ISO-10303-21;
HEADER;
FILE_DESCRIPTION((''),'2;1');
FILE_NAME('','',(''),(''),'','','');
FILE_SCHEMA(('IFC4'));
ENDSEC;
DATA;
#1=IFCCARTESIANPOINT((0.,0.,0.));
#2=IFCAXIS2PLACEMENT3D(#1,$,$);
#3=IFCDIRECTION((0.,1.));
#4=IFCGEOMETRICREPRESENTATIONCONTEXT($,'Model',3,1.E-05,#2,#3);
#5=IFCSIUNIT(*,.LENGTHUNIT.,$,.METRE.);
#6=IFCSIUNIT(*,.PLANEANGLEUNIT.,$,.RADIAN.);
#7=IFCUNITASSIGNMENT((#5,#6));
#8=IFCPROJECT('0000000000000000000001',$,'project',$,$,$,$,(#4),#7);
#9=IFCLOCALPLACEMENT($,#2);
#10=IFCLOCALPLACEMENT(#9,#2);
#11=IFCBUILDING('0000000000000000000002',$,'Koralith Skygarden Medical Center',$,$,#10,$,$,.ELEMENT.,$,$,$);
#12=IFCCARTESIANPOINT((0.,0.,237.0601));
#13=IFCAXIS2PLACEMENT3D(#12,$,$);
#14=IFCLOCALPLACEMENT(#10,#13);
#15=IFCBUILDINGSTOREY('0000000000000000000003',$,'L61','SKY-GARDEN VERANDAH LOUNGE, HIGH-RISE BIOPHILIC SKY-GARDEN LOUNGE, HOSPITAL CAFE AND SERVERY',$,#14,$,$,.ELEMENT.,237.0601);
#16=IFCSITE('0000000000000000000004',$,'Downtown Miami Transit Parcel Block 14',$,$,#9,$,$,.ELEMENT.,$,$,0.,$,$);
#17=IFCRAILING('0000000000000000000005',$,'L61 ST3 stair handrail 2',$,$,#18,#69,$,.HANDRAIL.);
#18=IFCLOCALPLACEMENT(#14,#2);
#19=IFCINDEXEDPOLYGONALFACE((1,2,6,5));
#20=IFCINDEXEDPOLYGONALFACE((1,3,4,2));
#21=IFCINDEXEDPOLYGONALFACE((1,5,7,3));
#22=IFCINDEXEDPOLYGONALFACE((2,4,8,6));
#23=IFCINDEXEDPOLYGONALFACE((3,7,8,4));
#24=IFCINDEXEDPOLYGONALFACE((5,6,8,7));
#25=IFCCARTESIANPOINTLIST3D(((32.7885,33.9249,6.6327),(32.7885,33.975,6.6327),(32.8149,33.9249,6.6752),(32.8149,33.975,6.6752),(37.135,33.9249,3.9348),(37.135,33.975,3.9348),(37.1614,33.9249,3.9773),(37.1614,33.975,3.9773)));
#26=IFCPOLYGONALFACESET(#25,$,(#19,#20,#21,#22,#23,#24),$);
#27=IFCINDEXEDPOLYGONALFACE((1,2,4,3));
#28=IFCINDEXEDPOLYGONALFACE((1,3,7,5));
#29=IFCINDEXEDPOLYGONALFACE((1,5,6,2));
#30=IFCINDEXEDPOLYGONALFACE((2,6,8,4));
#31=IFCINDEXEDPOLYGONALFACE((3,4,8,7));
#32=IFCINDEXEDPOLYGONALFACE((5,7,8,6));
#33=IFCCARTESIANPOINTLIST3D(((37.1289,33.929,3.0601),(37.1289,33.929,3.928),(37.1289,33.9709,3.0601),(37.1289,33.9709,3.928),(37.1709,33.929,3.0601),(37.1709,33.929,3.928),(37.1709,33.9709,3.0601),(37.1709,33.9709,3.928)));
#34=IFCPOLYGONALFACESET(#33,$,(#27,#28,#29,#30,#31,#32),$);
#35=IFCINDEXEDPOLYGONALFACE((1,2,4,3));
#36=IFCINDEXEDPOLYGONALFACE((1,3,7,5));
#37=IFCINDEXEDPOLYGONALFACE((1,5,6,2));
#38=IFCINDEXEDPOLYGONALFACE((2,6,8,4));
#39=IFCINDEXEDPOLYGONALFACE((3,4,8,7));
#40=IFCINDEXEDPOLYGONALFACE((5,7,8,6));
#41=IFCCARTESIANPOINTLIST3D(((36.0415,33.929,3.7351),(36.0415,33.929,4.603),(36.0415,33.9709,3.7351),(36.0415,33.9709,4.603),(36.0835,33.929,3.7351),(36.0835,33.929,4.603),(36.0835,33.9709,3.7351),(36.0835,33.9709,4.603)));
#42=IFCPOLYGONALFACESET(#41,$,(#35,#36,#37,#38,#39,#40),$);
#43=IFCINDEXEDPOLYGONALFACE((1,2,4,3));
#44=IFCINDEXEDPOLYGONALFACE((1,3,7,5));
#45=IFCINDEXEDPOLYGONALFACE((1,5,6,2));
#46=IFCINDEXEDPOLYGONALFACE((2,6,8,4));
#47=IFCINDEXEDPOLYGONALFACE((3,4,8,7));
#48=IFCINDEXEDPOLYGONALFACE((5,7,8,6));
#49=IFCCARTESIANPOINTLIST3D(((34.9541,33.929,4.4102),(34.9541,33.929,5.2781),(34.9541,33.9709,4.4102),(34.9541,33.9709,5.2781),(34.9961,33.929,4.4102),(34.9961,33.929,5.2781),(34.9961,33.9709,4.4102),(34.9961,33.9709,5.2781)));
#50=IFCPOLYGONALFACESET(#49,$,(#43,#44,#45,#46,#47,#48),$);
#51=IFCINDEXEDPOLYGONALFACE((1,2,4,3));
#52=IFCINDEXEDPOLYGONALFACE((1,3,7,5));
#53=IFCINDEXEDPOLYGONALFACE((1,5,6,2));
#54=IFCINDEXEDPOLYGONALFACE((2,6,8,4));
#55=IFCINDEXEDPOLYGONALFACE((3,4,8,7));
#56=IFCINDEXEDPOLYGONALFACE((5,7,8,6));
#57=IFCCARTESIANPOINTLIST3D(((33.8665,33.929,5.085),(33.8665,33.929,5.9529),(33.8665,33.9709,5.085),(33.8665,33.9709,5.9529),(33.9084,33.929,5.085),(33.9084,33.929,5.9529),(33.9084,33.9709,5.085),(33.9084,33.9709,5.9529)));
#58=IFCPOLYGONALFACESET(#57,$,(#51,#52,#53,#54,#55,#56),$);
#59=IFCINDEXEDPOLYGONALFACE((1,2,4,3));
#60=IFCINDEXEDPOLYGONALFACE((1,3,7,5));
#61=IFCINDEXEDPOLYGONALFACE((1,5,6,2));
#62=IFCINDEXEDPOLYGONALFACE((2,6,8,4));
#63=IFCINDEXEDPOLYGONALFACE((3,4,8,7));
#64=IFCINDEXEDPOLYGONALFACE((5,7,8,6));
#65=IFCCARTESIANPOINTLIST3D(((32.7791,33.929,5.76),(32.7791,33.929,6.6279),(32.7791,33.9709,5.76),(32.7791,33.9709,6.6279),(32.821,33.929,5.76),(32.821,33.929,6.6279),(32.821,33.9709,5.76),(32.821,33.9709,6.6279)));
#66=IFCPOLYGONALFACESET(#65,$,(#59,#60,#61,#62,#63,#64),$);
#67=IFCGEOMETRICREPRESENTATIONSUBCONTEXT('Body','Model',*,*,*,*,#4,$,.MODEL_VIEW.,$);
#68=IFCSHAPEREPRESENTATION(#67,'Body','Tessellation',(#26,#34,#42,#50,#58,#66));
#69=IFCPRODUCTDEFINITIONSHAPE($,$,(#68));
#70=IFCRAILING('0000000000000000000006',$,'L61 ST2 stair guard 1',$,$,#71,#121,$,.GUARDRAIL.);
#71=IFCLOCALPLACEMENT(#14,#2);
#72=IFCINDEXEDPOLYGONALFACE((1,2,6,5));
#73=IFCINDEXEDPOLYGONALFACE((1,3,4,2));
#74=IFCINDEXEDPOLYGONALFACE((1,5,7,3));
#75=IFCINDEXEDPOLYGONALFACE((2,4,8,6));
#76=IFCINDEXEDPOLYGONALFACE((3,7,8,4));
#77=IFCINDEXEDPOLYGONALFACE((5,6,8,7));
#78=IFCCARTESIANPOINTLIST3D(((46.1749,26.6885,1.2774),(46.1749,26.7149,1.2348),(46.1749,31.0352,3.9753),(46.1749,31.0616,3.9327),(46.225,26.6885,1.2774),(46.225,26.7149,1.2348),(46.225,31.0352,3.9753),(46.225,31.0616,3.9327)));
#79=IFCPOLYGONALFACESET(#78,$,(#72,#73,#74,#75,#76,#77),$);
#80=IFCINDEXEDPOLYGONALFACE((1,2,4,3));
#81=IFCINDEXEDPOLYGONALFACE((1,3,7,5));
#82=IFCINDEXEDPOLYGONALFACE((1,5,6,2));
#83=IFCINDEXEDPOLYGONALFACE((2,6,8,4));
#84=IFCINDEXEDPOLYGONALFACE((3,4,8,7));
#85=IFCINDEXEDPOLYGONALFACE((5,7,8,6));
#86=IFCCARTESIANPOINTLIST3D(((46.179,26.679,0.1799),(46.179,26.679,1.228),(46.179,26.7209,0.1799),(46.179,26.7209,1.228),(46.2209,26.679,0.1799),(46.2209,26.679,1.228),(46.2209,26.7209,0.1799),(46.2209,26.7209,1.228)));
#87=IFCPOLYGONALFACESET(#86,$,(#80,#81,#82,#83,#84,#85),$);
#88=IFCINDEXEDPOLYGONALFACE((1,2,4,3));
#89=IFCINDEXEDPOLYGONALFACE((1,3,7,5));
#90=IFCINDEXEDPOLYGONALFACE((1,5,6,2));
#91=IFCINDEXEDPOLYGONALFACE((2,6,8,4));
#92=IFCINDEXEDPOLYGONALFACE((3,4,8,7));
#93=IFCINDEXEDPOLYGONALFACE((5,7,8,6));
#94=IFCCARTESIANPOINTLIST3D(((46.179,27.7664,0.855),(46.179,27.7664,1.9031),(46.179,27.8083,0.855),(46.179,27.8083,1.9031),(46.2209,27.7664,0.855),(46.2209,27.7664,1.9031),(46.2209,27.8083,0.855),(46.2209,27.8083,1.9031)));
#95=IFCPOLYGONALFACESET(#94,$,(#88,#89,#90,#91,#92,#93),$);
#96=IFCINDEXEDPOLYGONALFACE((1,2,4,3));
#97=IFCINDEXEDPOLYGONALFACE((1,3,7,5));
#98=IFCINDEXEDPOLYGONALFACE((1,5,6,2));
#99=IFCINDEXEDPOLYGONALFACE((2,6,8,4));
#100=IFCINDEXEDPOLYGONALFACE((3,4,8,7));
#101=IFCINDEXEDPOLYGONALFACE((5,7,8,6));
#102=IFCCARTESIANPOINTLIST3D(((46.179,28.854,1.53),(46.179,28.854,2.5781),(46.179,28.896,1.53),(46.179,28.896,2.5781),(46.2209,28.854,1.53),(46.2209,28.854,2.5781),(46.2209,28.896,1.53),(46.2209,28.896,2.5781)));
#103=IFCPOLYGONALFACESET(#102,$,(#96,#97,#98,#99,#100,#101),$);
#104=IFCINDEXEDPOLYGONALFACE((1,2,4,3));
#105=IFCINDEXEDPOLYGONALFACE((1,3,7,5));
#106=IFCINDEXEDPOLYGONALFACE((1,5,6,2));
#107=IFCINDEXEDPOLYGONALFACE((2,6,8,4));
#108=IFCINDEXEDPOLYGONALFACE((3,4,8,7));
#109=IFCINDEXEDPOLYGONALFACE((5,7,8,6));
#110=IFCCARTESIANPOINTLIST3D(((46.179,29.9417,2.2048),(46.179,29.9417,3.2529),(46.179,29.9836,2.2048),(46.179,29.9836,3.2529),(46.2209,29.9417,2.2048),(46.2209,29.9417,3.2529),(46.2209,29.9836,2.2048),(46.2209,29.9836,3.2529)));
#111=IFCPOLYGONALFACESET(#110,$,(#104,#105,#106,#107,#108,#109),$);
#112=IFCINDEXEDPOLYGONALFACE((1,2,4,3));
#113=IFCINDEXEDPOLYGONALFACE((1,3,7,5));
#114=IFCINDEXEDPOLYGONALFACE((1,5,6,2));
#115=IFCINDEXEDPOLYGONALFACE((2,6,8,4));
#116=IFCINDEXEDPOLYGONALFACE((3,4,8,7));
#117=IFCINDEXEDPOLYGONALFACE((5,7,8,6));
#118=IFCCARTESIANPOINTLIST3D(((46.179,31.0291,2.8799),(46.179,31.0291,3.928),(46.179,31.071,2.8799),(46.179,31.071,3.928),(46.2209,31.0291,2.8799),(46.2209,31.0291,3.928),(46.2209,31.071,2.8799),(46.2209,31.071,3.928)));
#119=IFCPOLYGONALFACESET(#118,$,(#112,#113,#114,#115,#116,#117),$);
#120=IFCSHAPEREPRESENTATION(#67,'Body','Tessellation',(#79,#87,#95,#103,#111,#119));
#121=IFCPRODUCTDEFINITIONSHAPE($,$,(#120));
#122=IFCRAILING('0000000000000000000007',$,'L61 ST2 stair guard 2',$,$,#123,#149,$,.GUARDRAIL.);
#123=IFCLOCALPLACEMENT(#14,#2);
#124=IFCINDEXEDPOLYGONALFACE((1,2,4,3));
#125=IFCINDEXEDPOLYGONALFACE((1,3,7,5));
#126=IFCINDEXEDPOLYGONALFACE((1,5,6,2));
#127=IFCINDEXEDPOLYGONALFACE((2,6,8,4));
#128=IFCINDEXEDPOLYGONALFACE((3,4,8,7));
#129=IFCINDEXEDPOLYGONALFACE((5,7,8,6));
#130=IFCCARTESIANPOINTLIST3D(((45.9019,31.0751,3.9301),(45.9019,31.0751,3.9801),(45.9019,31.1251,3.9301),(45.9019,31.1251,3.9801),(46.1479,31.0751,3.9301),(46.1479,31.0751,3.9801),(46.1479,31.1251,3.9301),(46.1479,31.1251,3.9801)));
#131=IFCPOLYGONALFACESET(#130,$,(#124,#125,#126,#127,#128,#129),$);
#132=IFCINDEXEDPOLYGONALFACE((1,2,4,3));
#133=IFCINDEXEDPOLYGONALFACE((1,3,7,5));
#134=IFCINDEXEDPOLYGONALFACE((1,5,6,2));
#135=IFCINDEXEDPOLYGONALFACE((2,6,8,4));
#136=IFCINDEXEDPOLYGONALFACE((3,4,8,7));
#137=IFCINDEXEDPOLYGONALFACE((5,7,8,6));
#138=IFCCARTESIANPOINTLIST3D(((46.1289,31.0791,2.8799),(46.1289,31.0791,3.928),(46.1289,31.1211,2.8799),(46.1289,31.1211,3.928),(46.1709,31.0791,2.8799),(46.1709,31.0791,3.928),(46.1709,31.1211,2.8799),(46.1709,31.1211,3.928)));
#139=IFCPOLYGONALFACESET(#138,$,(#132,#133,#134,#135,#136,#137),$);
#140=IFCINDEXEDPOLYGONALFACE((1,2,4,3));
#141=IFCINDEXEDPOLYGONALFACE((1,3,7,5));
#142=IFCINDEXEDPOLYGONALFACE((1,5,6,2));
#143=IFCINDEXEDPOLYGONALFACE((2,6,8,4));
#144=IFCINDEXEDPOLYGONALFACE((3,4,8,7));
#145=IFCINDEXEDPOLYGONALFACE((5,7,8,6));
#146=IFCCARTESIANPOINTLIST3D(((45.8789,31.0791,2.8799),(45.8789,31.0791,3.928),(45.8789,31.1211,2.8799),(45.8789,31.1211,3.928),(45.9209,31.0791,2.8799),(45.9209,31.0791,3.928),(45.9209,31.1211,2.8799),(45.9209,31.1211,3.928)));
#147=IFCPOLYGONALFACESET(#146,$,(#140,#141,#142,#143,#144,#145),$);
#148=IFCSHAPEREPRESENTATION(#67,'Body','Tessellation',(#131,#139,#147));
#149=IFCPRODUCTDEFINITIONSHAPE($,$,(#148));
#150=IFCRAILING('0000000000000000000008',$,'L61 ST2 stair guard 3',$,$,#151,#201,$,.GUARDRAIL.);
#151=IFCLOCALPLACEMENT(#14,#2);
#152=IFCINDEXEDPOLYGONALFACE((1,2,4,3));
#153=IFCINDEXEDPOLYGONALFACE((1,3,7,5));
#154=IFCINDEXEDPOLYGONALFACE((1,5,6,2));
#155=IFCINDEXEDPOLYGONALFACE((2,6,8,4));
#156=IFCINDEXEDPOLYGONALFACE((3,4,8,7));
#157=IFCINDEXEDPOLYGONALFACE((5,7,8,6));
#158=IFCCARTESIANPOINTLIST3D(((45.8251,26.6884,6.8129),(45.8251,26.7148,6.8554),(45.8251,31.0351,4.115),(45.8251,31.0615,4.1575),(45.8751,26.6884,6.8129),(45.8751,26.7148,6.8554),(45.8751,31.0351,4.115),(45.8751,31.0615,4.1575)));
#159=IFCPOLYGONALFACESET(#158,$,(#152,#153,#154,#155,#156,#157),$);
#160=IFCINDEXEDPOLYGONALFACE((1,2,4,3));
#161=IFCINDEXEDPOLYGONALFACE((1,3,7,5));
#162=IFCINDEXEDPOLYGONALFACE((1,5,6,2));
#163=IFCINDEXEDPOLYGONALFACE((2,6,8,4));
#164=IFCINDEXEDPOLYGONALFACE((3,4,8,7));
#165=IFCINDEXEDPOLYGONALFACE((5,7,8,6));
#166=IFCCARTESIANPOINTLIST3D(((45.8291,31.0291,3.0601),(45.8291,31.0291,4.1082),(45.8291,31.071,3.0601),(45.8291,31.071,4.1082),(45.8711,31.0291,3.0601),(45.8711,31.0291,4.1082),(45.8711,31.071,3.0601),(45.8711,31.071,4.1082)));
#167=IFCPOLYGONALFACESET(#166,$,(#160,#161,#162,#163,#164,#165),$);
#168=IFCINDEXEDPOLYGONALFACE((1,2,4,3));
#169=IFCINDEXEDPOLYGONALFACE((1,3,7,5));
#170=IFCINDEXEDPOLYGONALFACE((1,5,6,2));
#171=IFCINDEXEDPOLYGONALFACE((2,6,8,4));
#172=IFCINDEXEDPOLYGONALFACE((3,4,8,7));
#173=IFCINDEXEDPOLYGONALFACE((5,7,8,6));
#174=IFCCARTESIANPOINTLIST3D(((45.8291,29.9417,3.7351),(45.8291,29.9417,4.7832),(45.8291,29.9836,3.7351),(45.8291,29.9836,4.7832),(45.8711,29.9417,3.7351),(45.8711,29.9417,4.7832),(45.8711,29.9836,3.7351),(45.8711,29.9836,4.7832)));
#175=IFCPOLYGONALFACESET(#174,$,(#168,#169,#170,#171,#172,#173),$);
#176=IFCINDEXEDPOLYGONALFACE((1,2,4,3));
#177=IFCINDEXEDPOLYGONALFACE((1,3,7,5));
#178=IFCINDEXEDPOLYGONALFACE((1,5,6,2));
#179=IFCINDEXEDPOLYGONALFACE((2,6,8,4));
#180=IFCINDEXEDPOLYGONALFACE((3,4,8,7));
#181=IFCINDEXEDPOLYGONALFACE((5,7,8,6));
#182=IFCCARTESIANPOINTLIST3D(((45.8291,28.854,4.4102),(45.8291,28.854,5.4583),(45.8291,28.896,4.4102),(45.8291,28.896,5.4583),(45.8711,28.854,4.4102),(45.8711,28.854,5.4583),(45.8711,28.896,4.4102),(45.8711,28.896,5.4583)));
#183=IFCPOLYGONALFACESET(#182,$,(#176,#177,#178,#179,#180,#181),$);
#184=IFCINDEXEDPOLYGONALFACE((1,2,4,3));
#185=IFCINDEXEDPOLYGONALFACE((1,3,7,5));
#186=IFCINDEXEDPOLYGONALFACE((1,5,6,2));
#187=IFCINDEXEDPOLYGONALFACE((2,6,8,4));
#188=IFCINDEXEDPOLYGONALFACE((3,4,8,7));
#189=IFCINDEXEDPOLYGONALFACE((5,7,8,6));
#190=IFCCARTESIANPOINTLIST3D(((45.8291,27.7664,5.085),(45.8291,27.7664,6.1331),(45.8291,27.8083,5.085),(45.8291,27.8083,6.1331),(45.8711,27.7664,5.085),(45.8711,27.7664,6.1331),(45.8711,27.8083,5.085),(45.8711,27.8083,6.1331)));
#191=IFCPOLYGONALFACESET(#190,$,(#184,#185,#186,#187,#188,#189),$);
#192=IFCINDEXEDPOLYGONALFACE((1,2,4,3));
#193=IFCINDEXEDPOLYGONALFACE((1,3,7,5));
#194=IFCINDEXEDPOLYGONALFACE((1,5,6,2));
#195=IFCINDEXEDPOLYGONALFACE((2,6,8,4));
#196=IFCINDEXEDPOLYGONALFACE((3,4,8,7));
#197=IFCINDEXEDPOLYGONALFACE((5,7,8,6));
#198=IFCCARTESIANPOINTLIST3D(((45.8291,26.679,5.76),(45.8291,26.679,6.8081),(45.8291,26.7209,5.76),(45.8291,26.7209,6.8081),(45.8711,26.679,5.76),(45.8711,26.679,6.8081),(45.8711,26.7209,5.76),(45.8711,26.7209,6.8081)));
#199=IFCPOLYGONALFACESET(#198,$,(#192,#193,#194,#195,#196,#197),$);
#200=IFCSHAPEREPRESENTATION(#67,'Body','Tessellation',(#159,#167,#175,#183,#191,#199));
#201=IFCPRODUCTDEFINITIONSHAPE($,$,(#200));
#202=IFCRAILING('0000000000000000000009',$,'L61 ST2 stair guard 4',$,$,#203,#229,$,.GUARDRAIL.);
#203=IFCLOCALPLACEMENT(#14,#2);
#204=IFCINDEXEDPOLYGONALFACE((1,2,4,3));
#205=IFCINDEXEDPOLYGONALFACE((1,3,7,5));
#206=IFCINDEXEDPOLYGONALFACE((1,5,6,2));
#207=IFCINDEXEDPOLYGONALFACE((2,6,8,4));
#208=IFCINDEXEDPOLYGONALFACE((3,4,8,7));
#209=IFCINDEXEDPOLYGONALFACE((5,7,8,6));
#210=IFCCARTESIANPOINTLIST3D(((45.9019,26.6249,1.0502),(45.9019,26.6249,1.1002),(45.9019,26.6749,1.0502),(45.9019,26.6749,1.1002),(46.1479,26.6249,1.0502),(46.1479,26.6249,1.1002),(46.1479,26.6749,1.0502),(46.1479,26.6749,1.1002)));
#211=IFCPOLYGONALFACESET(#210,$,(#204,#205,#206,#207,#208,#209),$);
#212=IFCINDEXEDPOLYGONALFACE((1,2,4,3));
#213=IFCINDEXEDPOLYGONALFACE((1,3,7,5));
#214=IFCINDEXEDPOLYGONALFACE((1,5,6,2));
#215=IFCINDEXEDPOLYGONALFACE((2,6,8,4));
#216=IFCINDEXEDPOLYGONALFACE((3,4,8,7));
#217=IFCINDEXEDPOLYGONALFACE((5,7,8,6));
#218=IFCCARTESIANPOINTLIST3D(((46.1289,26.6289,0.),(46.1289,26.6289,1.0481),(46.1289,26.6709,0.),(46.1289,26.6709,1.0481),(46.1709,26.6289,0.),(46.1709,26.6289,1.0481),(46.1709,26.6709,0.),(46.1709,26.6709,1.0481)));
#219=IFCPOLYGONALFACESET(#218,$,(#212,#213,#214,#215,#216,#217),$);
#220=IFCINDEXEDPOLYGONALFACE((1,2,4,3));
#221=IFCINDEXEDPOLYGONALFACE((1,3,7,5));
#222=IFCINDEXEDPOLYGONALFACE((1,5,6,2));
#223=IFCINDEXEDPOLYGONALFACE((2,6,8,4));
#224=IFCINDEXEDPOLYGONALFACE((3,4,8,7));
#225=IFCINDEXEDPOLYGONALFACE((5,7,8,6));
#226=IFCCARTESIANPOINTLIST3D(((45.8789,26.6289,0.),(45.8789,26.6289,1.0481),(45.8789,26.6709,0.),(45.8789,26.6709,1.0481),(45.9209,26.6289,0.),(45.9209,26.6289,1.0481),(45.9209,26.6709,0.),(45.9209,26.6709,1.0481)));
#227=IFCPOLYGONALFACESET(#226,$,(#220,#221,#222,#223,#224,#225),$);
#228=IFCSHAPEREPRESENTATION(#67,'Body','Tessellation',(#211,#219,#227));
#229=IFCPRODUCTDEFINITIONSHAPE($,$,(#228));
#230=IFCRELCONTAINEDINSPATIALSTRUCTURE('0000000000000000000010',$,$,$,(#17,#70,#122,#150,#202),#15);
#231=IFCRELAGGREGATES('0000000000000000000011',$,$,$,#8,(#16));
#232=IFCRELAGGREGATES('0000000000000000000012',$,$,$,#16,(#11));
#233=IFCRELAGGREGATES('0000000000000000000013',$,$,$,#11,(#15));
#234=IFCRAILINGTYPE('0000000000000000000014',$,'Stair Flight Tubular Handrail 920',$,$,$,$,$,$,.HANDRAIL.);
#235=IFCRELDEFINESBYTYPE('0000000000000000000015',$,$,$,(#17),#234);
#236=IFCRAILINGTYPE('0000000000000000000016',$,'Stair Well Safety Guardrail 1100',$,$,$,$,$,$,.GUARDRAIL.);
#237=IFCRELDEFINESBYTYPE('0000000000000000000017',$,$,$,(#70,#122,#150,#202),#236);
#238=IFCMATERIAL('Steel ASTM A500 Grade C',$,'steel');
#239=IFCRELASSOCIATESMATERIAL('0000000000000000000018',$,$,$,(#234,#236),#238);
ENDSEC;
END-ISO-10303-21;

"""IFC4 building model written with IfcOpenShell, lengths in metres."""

from ifc_helpers import new_model, si_unit, direction, frame, origin, origin_2d, place, context, subcontext, project, spatial, rectangle, extrude, material, type_object, element, save


model = new_model("IFC4")

# Units and contexts
model_context = context("Model", 3, precision=1e-05, world=origin(), true_north=direction((0.0, 1.0)))
body_context = subcontext(model_context, "Body", "Model", "MODEL_VIEW")
ifc_project = project(units=[si_unit("LENGTHUNIT", "METRE"), si_unit("PLANEANGLEUNIT", "RADIAN")], contexts=[model_context])

# Site, building, storey
site_placement = place(None, origin())
site = spatial("IfcSite", under=ifc_project, at=site_placement, Name="Downtown Miami Transit Parcel Block 14", CompositionType="ELEMENT", RefElevation=0.0)
building_placement = place(site_placement, origin())
building = spatial("IfcBuilding", under=site, at=building_placement, Name="Koralith Skygarden Medical Center", CompositionType="ELEMENT")
storey_placement = place(building_placement, frame((0.0, 0.0, 237.0601)))
storey = spatial("IfcBuildingStorey", under=building, at=storey_placement, Name="L61", Description="SKY-GARDEN VERANDAH LOUNGE, HIGH-RISE BIOPHILIC SKY-GARDEN LOUNGE, HOSPITAL CAFE AND SERVERY", CompositionType="ELEMENT", Elevation=237.0601)

# Shared definitions
ifc_material_1 = material(Name="Steel ASTM A500 Grade C", Category="steel")

# Railings
railing_type_1 = type_object("IfcRailingType", Name="Stair Flight Tubular Handrail 920", PredefinedType="HANDRAIL", material=ifc_material_1)
railing_1_placement = place(storey_placement, frame((37.1499, 33.95, 3.0601)))
element("IfcRailing", 1, at=railing_1_placement, inside=storey, type_object=railing_type_1, Name="L61 ST3 stair handrail 2", PredefinedType="HANDRAIL", context=body_context, shape_type="SweptSolid", body=[
    extrude(rectangle(XDim=0.05, YDim=0.05, at=origin_2d()), frame((-0.0017, 0.0, 0.896), z_axis=(-0.849636, 0.0, 0.527369), x_axis=(0.0, -1.0, 0.0)), (0.0, 0.0, 1.0), 5.1157),
    extrude(rectangle(XDim=0.042, YDim=0.042, at=origin_2d()), origin(), (0.0, 0.0, 1.0), 0.8679),
    extrude(rectangle(XDim=0.042, YDim=0.042, at=origin_2d()), frame((-1.0874, 0.0, 0.675)), (0.0, 0.0, 1.0), 0.8679),
    extrude(rectangle(XDim=0.042, YDim=0.042, at=origin_2d()), frame((-2.1748, 0.0, 1.3501)), (0.0, 0.0, 1.0), 0.8679),
    extrude(rectangle(XDim=0.042, YDim=0.042, at=origin_2d()), frame((-3.2625, 0.0, 2.0249)), (0.0, 0.0, 1.0), 0.8679),
    extrude(rectangle(XDim=0.042, YDim=0.042, at=origin_2d()), frame((-4.3499, 0.0, 2.7)), (0.0, 0.0, 1.0), 0.8679),
])
railing_type_2 = type_object("IfcRailingType", Name="Stair Well Safety Guardrail 1100", PredefinedType="GUARDRAIL", material=ifc_material_1)
railing_2_placement = place(storey_placement, frame((46.2, 26.7, 0.1799)))
element("IfcRailing", 2, at=railing_2_placement, inside=storey, type_object=railing_type_2, Name="L61 ST2 stair guard 1", PredefinedType="GUARDRAIL", context=body_context, shape_type="SweptSolid", body=[
    extrude(rectangle(XDim=0.05, YDim=0.05, at=origin_2d()), frame((0.0, 0.0017, 1.0762), z_axis=(0.0, 0.84965, 0.527347), x_axis=(-1.0, 0.0, 0.0)), (0.0, 0.0, 1.0), 5.116),
    extrude(rectangle(XDim=0.042, YDim=0.042, at=origin_2d()), origin(), (0.0, 0.0, 1.0), 1.0481),
    extrude(rectangle(XDim=0.042, YDim=0.042, at=origin_2d()), frame((0.0, 1.0874, 0.675)), (0.0, 0.0, 1.0), 1.0481),
    extrude(rectangle(XDim=0.042, YDim=0.042, at=origin_2d()), frame((0.0, 2.175, 1.3501)), (0.0, 0.0, 1.0), 1.0481),
    extrude(rectangle(XDim=0.042, YDim=0.042, at=origin_2d()), frame((0.0, 3.2627, 2.0249)), (0.0, 0.0, 1.0), 1.0481),
    extrude(rectangle(XDim=0.042, YDim=0.042, at=origin_2d()), frame((0.0, 4.3501, 2.7)), (0.0, 0.0, 1.0), 1.0481),
])
railing_3_placement = place(storey_placement, frame((46.1499, 31.1001, 2.8799)))
element("IfcRailing", 3, at=railing_3_placement, inside=storey, type_object=railing_type_2, Name="L61 ST2 stair guard 2", PredefinedType="GUARDRAIL", context=body_context, shape_type="SweptSolid", body=[
    extrude(rectangle(XDim=0.05, YDim=0.05, at=origin_2d()), frame((-0.002, 0.0, 1.0752), z_axis=(-1.0, 0.0, 0.0), x_axis=(0.0, -1.0, 0.0)), (0.0, 0.0, 1.0), 0.2461),
    extrude(rectangle(XDim=0.042, YDim=0.042, at=origin_2d()), origin(), (0.0, 0.0, 1.0), 1.0481),
    extrude(rectangle(XDim=0.042, YDim=0.042, at=origin_2d()), frame((-0.25, 0.0, 0.0)), (0.0, 0.0, 1.0), 1.0481),
])
railing_4_placement = place(storey_placement, frame((45.8501, 31.05, 3.0601)))
element("IfcRailing", 4, at=railing_4_placement, inside=storey, type_object=railing_type_2, Name="L61 ST2 stair guard 3", PredefinedType="GUARDRAIL", context=body_context, shape_type="SweptSolid", body=[
    extrude(rectangle(XDim=0.05, YDim=0.05, at=origin_2d()), frame((0.0, -0.0017, 1.0762), z_axis=(0.0, -0.84965, 0.527347), x_axis=(1.0, 0.0, 0.0)), (0.0, 0.0, 1.0), 5.116),
    extrude(rectangle(XDim=0.042, YDim=0.042, at=origin_2d()), origin(), (0.0, 0.0, 1.0), 1.0481),
    extrude(rectangle(XDim=0.042, YDim=0.042, at=origin_2d()), frame((0.0, -1.0874, 0.675)), (0.0, 0.0, 1.0), 1.0481),
    extrude(rectangle(XDim=0.042, YDim=0.042, at=origin_2d()), frame((0.0, -2.175, 1.3501)), (0.0, 0.0, 1.0), 1.0481),
    extrude(rectangle(XDim=0.042, YDim=0.042, at=origin_2d()), frame((0.0, -3.2627, 2.0249)), (0.0, 0.0, 1.0), 1.0481),
    extrude(rectangle(XDim=0.042, YDim=0.042, at=origin_2d()), frame((0.0, -4.3501, 2.7)), (0.0, 0.0, 1.0), 1.0481),
])
railing_5_placement = place(storey_placement, frame((46.1499, 26.6499, 0.0)))
element("IfcRailing", 5, at=railing_5_placement, inside=storey, type_object=railing_type_2, Name="L61 ST2 stair guard 4", PredefinedType="GUARDRAIL", context=body_context, shape_type="SweptSolid", body=[
    extrude(rectangle(XDim=0.05, YDim=0.05, at=origin_2d()), frame((-0.002, 0.0, 1.0752), z_axis=(-1.0, 0.0, 0.0), x_axis=(0.0, -1.0, 0.0)), (0.0, 0.0, 1.0), 0.2461),
    extrude(rectangle(XDim=0.042, YDim=0.042, at=origin_2d()), origin(), (0.0, 0.0, 1.0), 1.0481),
    extrude(rectangle(XDim=0.042, YDim=0.042, at=origin_2d()), frame((-0.25, 0.0, 0.0)), (0.0, 0.0, 1.0), 1.0481),
])

save(model, "model.ifc")
